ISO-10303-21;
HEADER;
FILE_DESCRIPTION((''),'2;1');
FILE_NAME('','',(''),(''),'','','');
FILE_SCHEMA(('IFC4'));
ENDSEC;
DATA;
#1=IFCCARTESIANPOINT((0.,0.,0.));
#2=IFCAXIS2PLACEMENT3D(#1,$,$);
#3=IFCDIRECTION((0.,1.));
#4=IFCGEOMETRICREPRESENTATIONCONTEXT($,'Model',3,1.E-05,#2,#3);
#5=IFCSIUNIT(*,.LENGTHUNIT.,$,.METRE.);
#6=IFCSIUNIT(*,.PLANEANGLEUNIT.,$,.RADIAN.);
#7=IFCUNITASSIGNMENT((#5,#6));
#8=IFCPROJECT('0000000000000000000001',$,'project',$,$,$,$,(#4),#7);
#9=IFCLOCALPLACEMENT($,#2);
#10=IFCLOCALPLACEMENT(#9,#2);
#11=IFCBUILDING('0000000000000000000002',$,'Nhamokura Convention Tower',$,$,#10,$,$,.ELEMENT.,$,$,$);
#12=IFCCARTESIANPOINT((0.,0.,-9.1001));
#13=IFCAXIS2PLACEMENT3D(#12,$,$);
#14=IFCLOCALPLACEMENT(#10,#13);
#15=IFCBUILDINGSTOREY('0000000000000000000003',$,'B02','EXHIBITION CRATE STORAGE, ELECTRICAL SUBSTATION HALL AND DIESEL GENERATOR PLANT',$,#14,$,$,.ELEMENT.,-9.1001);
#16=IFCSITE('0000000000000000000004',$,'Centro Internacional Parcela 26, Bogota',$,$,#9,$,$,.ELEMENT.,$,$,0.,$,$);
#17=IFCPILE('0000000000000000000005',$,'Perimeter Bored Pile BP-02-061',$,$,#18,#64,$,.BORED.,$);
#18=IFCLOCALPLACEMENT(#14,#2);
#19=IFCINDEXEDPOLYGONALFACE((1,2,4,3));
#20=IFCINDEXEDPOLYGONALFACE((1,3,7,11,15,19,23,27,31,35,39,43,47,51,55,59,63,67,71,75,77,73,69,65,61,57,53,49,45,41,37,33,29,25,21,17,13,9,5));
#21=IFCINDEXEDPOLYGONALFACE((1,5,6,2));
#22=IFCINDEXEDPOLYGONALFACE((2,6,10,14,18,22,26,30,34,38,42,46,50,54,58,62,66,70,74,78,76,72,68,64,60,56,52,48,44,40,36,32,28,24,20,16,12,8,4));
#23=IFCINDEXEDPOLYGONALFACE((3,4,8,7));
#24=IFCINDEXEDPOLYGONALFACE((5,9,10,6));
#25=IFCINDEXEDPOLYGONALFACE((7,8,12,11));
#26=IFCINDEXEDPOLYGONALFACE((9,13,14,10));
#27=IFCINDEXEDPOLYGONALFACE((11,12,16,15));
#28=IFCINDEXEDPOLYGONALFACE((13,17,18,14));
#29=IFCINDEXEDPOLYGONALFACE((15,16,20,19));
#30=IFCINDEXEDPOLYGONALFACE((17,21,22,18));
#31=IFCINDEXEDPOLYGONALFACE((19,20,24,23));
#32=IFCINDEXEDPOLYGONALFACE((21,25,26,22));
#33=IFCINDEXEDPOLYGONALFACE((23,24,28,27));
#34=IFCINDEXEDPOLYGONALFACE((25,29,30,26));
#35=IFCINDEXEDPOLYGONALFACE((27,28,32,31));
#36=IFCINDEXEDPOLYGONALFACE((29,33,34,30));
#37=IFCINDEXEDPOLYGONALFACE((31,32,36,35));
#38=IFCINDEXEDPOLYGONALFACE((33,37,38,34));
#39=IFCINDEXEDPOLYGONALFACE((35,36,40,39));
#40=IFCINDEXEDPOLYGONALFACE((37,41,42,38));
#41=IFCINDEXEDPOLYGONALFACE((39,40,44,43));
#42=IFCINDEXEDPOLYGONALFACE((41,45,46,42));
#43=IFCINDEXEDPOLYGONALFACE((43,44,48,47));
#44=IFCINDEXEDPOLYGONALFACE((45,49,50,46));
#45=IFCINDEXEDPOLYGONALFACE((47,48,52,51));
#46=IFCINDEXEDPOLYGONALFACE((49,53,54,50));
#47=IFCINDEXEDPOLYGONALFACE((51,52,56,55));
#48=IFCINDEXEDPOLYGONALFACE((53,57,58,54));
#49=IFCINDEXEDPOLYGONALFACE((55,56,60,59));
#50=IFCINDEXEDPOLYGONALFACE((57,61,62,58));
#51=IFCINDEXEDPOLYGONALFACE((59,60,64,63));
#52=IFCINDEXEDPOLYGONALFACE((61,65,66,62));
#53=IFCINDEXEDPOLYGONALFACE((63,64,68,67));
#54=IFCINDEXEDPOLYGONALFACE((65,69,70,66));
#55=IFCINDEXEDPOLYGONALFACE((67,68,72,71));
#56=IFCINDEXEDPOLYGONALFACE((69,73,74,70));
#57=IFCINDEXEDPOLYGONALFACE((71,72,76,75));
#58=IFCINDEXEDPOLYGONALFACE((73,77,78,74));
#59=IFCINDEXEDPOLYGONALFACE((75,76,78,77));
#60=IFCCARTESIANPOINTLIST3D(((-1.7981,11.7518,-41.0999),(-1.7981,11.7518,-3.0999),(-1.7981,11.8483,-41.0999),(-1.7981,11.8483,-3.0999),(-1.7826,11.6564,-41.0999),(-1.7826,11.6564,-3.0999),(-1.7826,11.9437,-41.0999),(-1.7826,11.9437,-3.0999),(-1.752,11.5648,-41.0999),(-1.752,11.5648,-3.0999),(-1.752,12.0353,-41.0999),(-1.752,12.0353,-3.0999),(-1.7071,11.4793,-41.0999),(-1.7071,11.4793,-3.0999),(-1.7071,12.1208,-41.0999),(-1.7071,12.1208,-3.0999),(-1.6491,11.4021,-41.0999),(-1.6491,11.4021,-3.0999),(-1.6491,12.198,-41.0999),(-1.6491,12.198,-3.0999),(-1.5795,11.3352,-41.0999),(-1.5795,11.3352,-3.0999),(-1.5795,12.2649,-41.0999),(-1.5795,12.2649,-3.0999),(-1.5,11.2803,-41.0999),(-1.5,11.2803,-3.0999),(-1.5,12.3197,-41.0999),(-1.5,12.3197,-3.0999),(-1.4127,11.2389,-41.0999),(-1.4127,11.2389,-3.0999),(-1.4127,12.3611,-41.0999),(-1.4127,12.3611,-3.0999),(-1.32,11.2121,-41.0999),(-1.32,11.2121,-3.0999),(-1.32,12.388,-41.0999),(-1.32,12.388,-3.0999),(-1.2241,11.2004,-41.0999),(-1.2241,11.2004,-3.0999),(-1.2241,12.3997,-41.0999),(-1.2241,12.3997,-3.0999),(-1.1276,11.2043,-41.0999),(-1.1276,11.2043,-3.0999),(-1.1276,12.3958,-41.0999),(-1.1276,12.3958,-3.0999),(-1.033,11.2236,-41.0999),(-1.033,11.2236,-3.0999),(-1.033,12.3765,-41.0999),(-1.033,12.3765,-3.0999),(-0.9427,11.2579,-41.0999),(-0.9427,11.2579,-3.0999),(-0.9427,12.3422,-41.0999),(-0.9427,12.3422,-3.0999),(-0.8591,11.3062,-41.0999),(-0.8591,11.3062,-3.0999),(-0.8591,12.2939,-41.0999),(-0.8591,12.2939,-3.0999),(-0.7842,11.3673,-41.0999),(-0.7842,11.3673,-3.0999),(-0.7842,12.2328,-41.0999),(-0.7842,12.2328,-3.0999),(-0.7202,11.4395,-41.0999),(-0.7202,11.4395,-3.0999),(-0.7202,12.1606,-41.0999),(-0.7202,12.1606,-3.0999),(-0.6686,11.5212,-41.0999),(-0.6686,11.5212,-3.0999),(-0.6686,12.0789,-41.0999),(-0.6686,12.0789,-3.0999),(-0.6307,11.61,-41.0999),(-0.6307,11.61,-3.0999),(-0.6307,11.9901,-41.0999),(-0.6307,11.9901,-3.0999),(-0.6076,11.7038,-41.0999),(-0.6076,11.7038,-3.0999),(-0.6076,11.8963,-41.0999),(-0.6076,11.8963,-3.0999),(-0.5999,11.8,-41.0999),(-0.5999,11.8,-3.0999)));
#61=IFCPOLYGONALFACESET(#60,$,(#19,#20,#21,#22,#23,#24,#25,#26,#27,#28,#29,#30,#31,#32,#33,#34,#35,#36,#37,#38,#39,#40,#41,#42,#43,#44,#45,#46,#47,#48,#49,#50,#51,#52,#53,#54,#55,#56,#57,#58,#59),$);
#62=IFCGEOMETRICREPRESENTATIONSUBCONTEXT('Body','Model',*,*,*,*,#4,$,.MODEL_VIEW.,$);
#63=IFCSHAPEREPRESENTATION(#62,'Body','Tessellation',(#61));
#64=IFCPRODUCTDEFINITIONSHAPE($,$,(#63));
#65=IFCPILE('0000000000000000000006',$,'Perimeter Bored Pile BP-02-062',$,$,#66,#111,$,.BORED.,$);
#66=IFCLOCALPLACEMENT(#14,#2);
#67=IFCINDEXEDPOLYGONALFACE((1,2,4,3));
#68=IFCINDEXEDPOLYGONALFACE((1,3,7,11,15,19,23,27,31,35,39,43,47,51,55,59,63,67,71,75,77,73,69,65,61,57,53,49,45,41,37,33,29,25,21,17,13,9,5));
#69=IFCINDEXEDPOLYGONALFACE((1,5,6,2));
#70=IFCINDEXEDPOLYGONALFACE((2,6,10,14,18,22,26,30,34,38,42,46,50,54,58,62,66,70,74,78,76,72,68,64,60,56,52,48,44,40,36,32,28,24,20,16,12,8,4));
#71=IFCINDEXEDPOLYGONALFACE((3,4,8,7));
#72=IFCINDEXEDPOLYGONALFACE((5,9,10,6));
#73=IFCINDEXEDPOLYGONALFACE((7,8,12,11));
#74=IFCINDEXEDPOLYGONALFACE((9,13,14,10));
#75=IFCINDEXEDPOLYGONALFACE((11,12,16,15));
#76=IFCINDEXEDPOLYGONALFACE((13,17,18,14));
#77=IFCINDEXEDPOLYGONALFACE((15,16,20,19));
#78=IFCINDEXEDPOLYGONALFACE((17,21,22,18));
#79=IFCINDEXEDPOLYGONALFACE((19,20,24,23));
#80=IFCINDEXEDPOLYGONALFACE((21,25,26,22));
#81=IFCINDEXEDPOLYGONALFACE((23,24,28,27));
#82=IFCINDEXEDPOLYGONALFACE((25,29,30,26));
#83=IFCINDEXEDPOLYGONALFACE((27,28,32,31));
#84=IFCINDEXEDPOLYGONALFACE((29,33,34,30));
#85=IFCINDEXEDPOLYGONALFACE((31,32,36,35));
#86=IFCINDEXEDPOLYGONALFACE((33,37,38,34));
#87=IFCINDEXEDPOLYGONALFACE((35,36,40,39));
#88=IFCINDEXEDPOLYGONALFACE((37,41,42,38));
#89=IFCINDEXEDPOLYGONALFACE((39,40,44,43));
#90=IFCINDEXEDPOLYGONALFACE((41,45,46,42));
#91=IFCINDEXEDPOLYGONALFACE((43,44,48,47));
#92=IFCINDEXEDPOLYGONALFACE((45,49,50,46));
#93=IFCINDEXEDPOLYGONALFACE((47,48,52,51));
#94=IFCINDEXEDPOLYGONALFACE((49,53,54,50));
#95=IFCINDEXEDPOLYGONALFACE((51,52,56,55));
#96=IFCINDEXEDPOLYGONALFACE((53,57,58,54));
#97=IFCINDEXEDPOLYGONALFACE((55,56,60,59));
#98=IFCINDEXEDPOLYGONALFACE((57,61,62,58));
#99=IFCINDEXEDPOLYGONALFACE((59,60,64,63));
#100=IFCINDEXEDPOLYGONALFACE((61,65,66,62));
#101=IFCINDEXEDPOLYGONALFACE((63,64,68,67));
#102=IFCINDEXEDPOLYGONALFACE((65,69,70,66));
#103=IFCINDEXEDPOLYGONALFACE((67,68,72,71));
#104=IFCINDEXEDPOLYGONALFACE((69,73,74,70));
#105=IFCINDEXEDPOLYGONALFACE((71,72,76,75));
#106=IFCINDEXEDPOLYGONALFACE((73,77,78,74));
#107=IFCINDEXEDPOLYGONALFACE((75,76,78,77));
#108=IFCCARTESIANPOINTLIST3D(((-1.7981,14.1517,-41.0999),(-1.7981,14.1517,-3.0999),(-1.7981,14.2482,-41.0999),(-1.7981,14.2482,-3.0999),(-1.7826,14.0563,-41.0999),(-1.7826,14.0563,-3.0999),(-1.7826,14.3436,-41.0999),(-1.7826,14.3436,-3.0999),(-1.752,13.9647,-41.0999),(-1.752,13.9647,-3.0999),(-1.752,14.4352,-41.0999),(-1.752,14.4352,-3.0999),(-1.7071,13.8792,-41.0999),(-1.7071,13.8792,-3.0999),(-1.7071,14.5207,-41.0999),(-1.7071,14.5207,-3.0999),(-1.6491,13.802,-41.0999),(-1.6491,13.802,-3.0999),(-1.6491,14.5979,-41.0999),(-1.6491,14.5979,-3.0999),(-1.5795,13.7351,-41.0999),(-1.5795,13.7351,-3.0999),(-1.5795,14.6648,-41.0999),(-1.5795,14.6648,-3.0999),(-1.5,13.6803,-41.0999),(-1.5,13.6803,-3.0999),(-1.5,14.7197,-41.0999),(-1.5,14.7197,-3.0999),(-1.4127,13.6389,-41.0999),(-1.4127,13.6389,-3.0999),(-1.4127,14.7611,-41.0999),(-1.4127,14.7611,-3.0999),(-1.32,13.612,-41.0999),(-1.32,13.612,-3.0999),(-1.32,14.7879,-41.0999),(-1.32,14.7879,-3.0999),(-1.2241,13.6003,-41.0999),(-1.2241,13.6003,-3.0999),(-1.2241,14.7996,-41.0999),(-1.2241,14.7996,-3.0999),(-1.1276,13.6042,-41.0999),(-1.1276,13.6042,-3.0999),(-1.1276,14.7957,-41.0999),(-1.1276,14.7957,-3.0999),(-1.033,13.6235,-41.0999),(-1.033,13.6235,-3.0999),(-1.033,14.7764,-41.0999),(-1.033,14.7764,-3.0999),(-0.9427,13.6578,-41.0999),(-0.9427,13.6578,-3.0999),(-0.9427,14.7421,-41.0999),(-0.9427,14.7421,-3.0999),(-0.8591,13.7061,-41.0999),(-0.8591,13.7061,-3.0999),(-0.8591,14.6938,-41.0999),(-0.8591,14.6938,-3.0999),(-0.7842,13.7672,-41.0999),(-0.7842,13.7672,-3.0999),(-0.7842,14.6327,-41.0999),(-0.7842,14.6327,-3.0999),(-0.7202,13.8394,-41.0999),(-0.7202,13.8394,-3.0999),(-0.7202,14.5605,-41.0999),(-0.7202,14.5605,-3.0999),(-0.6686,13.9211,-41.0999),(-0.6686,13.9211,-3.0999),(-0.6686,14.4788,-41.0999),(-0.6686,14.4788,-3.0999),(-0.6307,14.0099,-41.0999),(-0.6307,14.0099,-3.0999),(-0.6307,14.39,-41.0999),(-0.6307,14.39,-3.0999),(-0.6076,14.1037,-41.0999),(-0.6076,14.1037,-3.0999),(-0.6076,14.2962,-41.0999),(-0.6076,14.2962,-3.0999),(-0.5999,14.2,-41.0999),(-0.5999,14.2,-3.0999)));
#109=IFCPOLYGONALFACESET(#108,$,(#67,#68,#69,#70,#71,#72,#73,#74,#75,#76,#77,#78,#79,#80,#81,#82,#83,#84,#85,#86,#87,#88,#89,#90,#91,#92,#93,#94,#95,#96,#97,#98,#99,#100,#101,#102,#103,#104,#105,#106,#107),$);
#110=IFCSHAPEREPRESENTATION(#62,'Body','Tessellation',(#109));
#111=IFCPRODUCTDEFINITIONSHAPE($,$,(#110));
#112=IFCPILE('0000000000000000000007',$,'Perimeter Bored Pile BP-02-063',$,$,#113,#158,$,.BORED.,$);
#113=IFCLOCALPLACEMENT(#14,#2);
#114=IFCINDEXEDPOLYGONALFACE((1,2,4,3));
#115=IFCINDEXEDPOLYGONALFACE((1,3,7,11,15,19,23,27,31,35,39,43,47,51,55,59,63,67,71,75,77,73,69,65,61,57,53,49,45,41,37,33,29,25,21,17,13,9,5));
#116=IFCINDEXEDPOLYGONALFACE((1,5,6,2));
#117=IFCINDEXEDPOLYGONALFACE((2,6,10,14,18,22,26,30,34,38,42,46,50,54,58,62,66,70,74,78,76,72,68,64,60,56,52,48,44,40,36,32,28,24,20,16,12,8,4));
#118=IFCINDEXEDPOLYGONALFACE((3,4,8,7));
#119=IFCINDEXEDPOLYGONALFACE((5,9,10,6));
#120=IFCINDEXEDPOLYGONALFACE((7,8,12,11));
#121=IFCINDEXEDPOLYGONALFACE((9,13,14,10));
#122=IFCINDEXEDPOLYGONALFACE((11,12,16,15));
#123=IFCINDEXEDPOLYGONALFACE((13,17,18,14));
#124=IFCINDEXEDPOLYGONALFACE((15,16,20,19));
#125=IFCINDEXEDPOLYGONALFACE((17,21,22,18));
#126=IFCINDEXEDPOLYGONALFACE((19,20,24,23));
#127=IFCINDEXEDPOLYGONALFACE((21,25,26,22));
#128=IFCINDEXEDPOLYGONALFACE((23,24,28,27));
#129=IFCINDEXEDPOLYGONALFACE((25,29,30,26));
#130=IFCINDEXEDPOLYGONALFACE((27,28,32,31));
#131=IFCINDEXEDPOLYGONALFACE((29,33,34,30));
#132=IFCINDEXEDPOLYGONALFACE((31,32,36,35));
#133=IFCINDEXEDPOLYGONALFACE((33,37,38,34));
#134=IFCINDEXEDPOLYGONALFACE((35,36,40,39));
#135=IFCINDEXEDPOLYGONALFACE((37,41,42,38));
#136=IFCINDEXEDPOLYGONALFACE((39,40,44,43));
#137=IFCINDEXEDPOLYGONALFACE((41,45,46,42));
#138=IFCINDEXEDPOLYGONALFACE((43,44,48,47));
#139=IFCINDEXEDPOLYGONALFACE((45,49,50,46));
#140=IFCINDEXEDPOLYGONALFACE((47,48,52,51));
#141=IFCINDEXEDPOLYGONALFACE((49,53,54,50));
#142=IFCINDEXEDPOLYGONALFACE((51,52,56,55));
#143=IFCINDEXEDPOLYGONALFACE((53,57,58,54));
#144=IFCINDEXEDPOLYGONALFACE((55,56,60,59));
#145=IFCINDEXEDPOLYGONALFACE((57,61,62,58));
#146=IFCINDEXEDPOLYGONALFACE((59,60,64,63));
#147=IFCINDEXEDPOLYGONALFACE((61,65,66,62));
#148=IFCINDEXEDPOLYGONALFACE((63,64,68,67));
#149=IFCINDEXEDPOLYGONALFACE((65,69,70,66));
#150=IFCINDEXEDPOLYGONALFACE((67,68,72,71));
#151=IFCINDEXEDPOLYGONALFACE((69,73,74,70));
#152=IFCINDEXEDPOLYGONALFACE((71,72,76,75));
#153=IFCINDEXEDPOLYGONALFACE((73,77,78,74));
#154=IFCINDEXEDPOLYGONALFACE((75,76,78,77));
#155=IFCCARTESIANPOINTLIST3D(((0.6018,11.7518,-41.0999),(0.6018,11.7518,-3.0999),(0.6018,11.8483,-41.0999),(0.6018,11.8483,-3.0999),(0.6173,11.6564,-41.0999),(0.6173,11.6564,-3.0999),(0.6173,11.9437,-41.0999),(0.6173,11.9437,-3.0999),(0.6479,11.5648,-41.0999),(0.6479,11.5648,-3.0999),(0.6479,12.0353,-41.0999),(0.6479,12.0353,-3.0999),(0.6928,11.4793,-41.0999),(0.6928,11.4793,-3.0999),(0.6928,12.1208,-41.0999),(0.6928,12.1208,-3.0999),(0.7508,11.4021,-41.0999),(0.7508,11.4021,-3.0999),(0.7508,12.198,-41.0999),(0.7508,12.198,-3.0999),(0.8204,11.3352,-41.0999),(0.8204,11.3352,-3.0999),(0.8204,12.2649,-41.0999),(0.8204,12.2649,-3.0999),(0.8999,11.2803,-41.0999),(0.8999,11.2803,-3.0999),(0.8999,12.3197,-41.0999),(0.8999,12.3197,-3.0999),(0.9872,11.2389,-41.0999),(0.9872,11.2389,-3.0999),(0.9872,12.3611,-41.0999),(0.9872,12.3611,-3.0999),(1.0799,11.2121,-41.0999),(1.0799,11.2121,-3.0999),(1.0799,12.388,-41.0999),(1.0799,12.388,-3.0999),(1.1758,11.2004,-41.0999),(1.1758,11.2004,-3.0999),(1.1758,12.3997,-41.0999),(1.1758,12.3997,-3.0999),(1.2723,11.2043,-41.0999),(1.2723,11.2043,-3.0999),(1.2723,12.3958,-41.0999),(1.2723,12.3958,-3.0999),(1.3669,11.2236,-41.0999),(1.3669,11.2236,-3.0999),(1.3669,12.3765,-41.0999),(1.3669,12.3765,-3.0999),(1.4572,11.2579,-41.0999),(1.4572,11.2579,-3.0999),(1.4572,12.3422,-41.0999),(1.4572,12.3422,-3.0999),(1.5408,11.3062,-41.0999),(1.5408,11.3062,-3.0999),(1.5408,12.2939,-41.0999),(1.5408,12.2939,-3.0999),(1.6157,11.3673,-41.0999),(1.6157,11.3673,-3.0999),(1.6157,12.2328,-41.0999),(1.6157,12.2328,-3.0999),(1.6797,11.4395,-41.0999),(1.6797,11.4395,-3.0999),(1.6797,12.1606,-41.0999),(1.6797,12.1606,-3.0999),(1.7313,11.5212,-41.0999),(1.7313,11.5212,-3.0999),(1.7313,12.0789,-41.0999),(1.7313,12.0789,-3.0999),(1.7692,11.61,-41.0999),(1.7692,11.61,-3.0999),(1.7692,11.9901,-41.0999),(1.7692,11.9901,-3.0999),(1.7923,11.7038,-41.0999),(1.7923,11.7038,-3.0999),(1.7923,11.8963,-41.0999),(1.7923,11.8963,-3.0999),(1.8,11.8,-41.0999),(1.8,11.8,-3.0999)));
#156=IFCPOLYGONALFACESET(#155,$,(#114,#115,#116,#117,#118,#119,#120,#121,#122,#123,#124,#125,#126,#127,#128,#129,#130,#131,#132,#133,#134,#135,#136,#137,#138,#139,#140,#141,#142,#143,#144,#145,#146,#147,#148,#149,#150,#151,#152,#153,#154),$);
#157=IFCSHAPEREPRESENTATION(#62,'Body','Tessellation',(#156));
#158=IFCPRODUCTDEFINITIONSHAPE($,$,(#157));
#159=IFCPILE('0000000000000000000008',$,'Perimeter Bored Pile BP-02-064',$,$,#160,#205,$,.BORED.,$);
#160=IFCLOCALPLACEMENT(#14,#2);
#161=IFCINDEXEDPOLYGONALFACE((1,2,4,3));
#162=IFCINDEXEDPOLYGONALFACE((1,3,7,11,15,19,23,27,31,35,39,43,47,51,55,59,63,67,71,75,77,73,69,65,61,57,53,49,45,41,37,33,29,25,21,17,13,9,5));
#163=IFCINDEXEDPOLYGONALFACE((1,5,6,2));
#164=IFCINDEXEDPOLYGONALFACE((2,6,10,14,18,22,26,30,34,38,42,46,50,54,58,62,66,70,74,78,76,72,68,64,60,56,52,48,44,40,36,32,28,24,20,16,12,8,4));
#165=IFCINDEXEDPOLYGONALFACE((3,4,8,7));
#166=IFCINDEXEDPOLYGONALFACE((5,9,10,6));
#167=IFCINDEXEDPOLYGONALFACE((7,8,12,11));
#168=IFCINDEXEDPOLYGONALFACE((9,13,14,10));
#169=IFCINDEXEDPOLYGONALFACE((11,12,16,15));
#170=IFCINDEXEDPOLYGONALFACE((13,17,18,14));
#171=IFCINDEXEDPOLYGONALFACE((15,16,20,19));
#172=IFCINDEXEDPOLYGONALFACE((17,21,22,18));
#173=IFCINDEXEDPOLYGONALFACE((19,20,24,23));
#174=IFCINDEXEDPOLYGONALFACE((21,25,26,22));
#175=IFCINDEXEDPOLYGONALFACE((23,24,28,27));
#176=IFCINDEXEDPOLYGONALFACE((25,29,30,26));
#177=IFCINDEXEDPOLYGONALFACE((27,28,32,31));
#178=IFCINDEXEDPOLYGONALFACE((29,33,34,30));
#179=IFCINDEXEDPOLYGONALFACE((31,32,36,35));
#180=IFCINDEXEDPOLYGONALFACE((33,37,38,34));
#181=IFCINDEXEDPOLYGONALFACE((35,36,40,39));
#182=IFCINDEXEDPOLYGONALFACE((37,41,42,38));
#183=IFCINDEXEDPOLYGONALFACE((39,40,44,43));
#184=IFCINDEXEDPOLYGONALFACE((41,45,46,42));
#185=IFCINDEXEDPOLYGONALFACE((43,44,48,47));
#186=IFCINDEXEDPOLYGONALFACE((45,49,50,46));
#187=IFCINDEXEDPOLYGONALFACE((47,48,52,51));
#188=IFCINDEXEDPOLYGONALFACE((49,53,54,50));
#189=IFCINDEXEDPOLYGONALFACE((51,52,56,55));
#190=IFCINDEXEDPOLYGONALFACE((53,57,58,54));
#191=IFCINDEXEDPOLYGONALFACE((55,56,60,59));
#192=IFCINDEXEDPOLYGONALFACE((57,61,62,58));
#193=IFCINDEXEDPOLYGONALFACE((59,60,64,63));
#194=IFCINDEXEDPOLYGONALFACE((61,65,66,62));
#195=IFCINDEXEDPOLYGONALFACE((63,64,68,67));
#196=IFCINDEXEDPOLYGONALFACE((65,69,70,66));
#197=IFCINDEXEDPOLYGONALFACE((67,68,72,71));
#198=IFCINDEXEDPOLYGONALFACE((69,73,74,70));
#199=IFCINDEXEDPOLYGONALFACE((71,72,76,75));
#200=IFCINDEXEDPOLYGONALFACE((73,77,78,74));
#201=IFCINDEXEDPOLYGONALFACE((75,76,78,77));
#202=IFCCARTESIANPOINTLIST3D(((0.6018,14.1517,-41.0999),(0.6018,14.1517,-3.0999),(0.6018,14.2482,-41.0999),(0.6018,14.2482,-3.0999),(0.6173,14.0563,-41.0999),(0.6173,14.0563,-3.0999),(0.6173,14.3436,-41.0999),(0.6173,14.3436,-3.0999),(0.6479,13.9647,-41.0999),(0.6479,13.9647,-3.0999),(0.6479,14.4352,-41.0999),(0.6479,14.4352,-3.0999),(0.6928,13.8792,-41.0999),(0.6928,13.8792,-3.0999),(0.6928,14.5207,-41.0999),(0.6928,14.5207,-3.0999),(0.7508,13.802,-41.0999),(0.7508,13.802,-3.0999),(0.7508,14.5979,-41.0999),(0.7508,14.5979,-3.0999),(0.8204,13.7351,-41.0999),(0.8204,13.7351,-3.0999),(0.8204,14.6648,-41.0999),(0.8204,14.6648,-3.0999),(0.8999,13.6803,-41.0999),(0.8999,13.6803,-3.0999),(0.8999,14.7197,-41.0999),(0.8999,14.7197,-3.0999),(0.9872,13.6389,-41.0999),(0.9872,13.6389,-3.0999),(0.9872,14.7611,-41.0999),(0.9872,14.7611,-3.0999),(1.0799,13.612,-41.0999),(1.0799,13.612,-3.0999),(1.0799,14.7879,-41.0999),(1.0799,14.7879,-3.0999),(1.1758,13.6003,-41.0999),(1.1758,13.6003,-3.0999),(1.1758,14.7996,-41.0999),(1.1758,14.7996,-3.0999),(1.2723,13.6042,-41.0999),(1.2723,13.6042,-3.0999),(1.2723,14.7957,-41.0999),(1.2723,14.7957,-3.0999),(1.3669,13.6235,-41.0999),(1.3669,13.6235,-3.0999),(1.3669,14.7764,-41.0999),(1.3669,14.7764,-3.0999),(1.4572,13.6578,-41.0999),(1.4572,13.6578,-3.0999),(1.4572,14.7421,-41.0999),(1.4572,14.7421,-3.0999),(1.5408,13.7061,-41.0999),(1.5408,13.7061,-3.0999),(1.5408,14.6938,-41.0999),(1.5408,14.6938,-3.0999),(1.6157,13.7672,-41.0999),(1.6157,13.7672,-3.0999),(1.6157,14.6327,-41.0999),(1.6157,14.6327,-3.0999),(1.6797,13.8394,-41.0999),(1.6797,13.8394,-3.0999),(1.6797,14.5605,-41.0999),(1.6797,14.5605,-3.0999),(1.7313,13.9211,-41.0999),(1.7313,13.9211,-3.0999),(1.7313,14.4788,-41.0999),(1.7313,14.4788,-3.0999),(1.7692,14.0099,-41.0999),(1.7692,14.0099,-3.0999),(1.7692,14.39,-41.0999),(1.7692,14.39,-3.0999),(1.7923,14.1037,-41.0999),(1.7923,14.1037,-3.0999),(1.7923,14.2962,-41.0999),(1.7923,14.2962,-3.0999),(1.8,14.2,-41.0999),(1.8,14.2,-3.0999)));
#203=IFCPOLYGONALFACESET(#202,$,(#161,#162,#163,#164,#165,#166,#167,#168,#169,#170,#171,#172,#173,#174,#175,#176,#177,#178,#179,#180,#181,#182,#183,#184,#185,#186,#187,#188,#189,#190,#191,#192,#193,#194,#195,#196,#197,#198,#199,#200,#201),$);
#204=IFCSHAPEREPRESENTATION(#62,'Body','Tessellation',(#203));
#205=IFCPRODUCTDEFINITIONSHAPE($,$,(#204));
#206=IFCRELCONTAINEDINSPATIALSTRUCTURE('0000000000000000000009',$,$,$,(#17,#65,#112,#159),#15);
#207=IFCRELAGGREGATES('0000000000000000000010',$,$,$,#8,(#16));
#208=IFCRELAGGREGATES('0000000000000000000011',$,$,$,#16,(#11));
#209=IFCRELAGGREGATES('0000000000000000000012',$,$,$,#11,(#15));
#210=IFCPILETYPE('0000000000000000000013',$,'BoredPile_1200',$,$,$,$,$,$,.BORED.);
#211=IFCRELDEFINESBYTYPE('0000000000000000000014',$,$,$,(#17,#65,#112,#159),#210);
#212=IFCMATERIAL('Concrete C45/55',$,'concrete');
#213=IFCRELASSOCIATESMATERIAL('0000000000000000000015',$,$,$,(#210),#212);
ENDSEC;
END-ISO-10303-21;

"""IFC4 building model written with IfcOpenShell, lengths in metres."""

from ifc_helpers import new_model, si_unit, direction, frame, origin, origin_2d, place, context, subcontext, project, spatial, circle, extrude, material, material_profile, profile_set, type_object, element, save


model = new_model("IFC4")

# Units and contexts
model_context = context("Model", 3, precision=1e-05, world=origin(), true_north=direction((0.0, 1.0)))
body_context = subcontext(model_context, "Body", "Model", "MODEL_VIEW")
ifc_project = project(units=[si_unit("LENGTHUNIT", "METRE"), si_unit("PLANEANGLEUNIT", "RADIAN")], contexts=[model_context])

# Site, building, storey
site_placement = place(None, origin())
site = spatial("IfcSite", under=ifc_project, at=site_placement, Name="Centro Internacional Parcela 26, Bogota", CompositionType="ELEMENT", RefElevation=0.0)
building_placement = place(site_placement, origin())
building = spatial("IfcBuilding", under=site, at=building_placement, Name="Nhamokura Convention Tower", CompositionType="ELEMENT")
storey_placement = place(building_placement, frame((0.0, 0.0, -9.1001)))
storey = spatial("IfcBuildingStorey", under=building, at=storey_placement, Name="B02", Description="EXHIBITION CRATE STORAGE, ELECTRICAL SUBSTATION HALL AND DIESEL GENERATOR PLANT", CompositionType="ELEMENT", Elevation=-9.1001)

# Piles
ifc_material_1 = material(Name="Concrete C45/55", Category="concrete")
ifc_material_profile_1 = material_profile(ifc_material_1, circle(Radius=0.6001, at=origin_2d()))
ifc_profile_set_1 = profile_set([ifc_material_profile_1], Name="Concrete C45/55")
pile_type = type_object("IfcPileType", Name="BoredPile_1200", PredefinedType="BORED", material=ifc_profile_set_1)
for number, where, z_axis, x_axis, name in (
    (1, (-1.2, 11.8, -3.0999), (0.0, 0.0, -1.0), (1.0, 0.0, 0.0), "Perimeter Bored Pile BP-02-061"),
    (2, (-1.2, 14.2, -3.0999), (0.0, 0.0, -1.0), (1.0, 0.0, 0.0), "Perimeter Bored Pile BP-02-062"),
    (3, (1.2, 11.8, -3.0999), (0.0, 0.0, -1.0), (1.0, 0.0, 0.0), "Perimeter Bored Pile BP-02-063"),
    (4, (1.2, 14.2, -3.0999), (0.0, 0.0, -1.0), (1.0, 0.0, 0.0), "Perimeter Bored Pile BP-02-064"),
):
    element("IfcPile", number, at=place(storey_placement, frame(where, z_axis=z_axis, x_axis=x_axis)), inside=storey, type_object=pile_type, Name=name, PredefinedType="BORED", context=body_context, shape_type="SweptSolid", body=[
        extrude(circle(Radius=0.6001, at=origin_2d()), origin(), (0.0, 0.0, 1.0), 38.0),
    ])

save(model, "model.ifc")
